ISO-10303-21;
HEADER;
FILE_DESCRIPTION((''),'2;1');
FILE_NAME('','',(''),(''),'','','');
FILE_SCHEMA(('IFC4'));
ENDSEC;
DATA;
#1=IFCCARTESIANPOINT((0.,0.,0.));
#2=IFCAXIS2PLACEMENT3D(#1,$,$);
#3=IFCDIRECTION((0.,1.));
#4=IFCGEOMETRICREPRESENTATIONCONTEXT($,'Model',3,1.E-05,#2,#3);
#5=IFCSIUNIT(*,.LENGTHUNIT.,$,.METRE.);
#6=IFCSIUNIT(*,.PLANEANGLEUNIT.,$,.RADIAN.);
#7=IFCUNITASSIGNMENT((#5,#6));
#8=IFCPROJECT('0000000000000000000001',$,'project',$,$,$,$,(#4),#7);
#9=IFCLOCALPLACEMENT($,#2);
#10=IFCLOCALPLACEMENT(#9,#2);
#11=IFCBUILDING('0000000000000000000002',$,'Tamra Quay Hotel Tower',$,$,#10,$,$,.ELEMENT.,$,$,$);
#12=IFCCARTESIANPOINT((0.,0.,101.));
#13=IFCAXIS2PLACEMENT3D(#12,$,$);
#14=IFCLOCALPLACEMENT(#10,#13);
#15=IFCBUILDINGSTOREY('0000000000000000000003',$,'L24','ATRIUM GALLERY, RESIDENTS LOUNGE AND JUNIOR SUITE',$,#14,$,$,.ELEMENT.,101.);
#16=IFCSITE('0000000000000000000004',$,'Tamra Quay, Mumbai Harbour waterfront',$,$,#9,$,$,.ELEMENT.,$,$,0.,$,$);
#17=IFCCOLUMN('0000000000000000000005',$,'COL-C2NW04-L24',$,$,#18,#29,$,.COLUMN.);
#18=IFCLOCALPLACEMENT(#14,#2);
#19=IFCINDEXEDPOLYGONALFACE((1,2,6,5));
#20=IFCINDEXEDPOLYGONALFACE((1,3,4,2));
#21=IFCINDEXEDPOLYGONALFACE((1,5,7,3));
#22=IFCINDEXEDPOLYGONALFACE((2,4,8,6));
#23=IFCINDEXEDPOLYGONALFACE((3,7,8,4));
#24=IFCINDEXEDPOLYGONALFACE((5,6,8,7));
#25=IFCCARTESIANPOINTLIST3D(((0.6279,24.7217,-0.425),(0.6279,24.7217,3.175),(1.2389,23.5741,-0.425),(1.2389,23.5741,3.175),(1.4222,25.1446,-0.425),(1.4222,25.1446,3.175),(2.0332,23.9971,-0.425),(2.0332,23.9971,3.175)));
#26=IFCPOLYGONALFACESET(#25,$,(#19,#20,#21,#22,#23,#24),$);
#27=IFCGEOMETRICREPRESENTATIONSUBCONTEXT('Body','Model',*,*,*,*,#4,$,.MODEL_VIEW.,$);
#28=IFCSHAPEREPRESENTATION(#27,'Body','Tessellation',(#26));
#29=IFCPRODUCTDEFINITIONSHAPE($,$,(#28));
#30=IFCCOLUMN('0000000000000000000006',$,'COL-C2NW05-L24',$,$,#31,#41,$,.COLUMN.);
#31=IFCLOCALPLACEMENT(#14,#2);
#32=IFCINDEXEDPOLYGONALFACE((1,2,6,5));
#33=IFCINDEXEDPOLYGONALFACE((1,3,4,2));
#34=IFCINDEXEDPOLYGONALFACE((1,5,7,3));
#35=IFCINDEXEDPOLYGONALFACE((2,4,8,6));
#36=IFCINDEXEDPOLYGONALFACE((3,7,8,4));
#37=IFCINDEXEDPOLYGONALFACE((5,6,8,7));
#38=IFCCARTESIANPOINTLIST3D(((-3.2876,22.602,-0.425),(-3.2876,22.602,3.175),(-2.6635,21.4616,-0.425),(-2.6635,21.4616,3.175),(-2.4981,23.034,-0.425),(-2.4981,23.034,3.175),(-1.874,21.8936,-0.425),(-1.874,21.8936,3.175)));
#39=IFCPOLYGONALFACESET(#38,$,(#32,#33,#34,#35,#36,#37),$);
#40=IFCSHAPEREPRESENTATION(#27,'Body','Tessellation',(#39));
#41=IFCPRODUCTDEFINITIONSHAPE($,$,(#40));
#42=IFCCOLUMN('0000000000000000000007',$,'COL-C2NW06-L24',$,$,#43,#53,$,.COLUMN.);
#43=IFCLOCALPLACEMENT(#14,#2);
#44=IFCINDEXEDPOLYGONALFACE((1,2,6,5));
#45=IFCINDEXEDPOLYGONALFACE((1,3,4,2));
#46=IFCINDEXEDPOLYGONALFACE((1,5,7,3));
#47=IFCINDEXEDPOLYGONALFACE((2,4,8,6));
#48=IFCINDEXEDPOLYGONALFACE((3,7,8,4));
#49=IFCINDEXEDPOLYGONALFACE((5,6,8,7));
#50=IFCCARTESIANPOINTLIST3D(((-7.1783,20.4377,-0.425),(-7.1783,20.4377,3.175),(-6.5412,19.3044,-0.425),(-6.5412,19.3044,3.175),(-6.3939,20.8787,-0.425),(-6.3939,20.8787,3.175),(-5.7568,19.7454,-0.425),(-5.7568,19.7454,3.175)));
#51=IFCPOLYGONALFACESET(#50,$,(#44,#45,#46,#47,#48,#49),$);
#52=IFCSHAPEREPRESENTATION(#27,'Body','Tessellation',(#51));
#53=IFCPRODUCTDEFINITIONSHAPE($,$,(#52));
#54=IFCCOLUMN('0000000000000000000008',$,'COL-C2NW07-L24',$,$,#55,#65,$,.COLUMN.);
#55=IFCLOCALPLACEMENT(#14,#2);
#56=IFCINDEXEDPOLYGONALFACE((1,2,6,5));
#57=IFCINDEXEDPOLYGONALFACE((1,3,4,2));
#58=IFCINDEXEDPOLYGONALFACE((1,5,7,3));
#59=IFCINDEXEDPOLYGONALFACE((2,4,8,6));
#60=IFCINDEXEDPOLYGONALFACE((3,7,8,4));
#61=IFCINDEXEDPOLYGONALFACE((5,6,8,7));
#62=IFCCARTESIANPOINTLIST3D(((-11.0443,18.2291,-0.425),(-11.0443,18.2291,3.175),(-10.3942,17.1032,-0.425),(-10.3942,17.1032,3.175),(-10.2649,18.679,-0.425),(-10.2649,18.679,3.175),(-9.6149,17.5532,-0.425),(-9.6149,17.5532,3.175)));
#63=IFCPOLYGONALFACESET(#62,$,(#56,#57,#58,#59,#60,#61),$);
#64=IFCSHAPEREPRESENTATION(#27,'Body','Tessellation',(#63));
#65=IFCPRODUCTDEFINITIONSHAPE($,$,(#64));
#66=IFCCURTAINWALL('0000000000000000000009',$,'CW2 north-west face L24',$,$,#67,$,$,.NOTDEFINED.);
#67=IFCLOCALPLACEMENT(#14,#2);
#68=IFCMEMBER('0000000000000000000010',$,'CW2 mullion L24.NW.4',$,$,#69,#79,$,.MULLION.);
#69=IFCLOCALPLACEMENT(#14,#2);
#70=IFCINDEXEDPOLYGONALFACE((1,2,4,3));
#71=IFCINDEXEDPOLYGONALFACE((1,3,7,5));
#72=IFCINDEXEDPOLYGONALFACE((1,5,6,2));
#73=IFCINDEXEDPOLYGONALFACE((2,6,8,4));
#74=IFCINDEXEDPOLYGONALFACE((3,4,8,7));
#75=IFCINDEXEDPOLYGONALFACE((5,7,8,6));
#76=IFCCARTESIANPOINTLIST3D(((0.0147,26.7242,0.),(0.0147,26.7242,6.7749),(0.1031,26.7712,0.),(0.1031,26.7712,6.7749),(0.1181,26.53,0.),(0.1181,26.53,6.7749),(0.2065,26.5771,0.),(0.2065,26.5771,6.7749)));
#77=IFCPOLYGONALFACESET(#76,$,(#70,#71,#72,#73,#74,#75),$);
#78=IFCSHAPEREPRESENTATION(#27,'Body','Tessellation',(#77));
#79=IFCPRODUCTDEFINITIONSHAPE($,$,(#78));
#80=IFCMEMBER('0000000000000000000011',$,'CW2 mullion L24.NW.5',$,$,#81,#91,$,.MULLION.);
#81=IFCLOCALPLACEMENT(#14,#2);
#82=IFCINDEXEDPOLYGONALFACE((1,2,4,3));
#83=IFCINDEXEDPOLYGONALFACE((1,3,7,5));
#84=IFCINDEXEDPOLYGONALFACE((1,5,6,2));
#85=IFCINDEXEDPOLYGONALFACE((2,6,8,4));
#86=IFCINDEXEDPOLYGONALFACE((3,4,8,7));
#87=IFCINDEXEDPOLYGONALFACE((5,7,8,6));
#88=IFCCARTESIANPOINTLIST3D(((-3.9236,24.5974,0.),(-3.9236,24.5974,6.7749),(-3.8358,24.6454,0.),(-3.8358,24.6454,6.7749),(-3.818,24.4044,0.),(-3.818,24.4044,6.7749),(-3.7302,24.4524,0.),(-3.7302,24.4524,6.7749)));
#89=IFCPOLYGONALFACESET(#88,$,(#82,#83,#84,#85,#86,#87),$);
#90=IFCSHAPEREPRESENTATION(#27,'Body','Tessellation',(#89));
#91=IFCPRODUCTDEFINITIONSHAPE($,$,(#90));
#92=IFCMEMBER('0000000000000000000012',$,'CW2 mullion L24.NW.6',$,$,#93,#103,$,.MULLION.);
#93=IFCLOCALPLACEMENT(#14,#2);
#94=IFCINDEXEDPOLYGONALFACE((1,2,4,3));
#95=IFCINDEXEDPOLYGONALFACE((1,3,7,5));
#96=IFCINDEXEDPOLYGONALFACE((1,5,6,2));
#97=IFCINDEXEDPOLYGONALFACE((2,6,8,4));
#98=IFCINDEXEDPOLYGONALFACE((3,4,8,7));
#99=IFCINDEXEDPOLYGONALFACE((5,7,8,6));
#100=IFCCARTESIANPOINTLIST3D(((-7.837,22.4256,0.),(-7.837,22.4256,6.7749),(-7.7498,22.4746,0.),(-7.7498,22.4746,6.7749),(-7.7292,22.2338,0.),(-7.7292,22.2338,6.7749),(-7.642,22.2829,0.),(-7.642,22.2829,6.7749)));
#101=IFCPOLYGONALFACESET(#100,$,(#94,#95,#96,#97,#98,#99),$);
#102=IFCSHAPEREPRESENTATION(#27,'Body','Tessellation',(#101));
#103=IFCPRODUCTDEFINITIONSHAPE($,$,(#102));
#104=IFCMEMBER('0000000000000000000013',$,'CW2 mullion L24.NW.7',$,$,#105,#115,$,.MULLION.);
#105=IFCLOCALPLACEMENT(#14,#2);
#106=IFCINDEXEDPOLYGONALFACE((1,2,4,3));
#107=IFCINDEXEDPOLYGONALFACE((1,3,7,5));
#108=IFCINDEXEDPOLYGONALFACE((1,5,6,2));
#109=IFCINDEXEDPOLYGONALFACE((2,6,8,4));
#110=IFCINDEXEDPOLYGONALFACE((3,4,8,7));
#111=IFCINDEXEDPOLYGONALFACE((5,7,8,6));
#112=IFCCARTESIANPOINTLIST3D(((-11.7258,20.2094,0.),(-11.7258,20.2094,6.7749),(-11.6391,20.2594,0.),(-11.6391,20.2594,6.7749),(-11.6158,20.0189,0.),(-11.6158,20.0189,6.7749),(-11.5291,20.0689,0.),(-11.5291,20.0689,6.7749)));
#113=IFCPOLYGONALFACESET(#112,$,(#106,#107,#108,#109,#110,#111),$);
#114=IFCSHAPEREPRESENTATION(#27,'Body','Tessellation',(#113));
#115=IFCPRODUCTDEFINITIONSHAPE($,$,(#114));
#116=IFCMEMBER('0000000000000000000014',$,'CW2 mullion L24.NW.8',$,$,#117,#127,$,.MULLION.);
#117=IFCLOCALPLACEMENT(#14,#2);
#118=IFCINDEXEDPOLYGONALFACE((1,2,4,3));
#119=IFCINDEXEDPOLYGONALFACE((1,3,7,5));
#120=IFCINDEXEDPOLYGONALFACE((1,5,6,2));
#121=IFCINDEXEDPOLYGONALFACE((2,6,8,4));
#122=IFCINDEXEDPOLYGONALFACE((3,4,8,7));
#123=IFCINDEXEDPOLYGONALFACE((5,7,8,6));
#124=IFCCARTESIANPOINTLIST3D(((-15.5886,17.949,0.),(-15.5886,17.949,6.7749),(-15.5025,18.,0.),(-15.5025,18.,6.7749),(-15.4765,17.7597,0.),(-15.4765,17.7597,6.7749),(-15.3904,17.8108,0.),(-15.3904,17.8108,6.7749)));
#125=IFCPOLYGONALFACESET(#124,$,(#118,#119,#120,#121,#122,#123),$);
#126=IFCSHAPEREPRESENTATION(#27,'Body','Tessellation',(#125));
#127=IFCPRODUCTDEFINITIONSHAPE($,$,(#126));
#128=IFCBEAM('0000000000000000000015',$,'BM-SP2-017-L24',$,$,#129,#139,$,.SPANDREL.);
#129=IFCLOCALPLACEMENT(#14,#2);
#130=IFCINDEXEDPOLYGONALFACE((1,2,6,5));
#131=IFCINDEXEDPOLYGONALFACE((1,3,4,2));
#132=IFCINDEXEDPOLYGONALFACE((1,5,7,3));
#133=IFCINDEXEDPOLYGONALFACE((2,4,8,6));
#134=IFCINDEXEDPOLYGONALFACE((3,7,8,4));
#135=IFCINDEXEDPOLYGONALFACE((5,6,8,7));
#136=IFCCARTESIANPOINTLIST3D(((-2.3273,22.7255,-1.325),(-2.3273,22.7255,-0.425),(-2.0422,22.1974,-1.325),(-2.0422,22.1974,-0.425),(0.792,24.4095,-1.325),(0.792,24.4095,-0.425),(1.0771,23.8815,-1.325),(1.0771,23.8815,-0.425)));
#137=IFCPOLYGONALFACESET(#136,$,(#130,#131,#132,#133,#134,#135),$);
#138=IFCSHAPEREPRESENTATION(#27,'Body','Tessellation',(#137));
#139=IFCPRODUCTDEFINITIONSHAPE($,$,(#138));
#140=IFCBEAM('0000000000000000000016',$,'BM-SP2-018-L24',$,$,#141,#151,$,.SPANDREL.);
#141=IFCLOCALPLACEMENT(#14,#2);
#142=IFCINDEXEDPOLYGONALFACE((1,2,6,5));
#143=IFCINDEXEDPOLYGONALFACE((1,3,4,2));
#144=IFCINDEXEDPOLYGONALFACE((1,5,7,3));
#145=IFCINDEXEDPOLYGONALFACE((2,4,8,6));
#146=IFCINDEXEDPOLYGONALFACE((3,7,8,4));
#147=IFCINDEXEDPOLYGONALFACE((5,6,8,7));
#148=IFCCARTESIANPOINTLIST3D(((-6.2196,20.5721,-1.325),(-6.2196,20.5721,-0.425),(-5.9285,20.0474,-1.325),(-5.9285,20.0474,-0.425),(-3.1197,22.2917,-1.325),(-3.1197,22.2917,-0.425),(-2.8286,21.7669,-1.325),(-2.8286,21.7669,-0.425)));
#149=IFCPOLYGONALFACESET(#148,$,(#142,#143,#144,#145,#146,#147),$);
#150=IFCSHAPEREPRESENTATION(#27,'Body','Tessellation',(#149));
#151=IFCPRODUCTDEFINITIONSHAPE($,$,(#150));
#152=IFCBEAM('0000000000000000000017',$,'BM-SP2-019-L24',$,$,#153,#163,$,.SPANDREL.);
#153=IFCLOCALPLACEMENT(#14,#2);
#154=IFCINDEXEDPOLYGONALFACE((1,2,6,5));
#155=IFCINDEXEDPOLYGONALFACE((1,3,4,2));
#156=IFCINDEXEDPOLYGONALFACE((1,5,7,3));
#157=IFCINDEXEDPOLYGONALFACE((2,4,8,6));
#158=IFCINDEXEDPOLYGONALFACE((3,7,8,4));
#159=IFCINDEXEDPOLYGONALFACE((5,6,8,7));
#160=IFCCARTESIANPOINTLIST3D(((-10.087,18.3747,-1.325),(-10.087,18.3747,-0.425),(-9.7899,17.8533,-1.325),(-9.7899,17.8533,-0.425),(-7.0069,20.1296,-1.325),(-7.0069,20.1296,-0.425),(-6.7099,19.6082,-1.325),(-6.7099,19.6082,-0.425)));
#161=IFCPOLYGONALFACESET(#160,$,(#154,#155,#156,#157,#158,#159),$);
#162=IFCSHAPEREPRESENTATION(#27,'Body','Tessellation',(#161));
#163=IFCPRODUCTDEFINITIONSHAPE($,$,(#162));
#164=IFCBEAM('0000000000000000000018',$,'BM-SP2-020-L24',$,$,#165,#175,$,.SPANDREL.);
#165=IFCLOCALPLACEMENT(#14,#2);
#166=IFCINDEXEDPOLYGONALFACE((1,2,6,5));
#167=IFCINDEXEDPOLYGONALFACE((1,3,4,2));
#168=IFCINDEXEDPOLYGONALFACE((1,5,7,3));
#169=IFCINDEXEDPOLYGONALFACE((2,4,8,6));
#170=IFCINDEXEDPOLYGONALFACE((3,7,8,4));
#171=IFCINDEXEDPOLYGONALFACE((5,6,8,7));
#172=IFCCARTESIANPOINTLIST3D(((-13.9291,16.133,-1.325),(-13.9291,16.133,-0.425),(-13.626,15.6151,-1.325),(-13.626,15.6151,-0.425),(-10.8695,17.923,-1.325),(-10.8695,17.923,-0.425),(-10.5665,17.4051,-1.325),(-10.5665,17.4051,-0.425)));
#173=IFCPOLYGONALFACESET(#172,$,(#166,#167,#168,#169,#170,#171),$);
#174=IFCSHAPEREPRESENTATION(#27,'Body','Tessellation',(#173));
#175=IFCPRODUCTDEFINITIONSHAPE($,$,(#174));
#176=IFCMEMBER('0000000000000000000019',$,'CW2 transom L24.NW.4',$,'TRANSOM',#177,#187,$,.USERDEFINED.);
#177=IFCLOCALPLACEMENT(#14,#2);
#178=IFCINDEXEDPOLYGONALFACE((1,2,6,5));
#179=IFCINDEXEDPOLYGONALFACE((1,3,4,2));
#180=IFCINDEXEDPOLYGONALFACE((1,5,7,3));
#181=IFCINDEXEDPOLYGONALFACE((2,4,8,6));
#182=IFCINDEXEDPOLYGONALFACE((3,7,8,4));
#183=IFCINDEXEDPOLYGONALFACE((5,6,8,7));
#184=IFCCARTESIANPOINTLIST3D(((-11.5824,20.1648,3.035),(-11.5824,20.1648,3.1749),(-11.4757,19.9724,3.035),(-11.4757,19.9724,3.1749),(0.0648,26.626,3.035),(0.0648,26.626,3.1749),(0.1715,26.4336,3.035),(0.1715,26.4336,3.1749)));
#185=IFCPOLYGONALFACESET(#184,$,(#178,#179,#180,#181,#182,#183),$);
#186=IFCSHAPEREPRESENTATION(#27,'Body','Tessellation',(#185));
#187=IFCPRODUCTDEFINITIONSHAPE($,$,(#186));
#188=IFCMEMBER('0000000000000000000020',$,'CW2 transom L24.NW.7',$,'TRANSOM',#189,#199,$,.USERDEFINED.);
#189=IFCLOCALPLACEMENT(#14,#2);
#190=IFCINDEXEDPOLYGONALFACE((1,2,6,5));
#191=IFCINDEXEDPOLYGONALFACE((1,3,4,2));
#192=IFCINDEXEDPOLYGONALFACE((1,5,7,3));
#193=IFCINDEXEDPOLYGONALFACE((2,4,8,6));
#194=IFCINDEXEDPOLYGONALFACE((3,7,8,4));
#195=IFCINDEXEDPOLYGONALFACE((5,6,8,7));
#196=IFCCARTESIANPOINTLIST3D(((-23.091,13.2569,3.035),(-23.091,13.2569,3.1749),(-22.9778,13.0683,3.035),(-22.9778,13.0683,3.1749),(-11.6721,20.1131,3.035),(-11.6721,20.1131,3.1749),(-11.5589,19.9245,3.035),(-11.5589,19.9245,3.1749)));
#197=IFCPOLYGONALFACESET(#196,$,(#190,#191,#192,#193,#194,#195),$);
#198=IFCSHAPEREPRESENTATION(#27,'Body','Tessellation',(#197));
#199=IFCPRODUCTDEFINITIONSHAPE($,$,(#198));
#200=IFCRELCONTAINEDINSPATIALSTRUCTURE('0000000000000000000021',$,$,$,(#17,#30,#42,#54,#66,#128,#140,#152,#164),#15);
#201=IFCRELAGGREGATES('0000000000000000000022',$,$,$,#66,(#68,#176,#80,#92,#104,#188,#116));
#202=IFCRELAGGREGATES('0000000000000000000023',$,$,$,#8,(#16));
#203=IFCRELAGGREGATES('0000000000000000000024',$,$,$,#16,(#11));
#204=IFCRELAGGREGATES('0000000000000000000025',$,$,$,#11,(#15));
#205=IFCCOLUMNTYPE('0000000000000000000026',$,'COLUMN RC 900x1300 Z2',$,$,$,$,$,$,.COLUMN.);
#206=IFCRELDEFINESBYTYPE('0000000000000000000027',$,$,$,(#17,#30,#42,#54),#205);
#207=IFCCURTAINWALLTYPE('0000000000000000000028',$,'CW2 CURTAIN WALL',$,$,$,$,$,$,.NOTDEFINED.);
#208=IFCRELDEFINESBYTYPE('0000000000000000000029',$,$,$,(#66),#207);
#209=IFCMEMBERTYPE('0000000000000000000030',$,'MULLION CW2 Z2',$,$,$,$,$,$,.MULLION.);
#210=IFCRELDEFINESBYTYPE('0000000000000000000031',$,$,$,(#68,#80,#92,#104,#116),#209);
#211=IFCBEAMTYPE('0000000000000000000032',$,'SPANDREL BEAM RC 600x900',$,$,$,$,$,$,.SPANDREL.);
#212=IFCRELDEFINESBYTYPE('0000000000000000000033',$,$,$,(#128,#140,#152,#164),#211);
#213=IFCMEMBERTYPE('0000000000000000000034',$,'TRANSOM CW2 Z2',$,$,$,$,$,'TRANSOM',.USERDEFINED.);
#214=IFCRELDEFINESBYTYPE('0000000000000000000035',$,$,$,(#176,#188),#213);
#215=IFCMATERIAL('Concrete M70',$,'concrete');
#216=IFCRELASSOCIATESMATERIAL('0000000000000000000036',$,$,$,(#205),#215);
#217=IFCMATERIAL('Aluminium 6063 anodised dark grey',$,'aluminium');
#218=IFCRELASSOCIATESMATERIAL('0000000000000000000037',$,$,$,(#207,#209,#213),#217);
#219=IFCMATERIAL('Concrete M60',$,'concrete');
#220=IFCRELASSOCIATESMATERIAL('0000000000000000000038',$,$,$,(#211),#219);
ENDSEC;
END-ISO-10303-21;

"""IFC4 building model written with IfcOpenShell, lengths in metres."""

from ifc_helpers import new_model, si_unit, direction, frame, origin, origin_2d, place, context, subcontext, project, spatial, rectangle, extrude, material, material_profile, profile_set, type_object, element, aggregate, save


model = new_model("IFC4")

# Units and contexts
model_context = context("Model", 3, precision=1e-05, world=origin(), true_north=direction((0.0, 1.0)))
body_context = subcontext(model_context, "Body", "Model", "MODEL_VIEW")
ifc_project = project(units=[si_unit("LENGTHUNIT", "METRE"), si_unit("PLANEANGLEUNIT", "RADIAN")], contexts=[model_context])

# Site, building, storey
site_placement = place(None, origin())
site = spatial("IfcSite", under=ifc_project, at=site_placement, Name="Tamra Quay, Mumbai Harbour waterfront", CompositionType="ELEMENT", RefElevation=0.0)
building_placement = place(site_placement, origin())
building = spatial("IfcBuilding", under=site, at=building_placement, Name="Tamra Quay Hotel Tower", CompositionType="ELEMENT")
storey_placement = place(building_placement, frame((0.0, 0.0, 101.0)))
storey = spatial("IfcBuildingStorey", under=building, at=storey_placement, Name="L24", Description="ATRIUM GALLERY, RESIDENTS LOUNGE AND JUNIOR SUITE", CompositionType="ELEMENT", Elevation=101.0)

# Columns
ifc_material_1 = material(Name="Concrete M70", Category="concrete")
ifc_material_profile_1 = material_profile(ifc_material_1, rectangle(XDim=1.3, YDim=0.8999, at=origin_2d()), Name="COLUMN RC 900x1300 Z2")
ifc_profile_set_1 = profile_set([ifc_material_profile_1], Name="Concrete M70")
column_type = type_object("IfcColumnType", Name="COLUMN RC 900x1300 Z2", PredefinedType="COLUMN", material=ifc_profile_set_1)
for number, where, z_axis, x_axis, name in (
    (1, (1.3306, 24.3594, -0.425), (0.0, 0.0, 1.0), (-0.470002, 0.882666, 0.0), "COL-C2NW04-L24"),
    (2, (-2.5808, 22.2478, -0.425), (0.0, 0.0, 1.0), (-0.48006, 0.877236, 0.0), "COL-C2NW05-L24"),
    (3, (-6.4675, 20.0916, -0.425), (0.0, 0.0, 1.0), (-0.490061, 0.871688, 0.0), "COL-C2NW06-L24"),
    (4, (-10.3296, 17.8911, -0.425), (0.0, 0.0, 1.0), (-0.5, 0.866025, 0.0), "COL-C2NW07-L24"),
):
    element("IfcColumn", number, at=place(storey_placement, frame(where, z_axis=z_axis, x_axis=x_axis)), inside=storey, type_object=column_type, Name=name, PredefinedType="COLUMN", context=body_context, shape_type="SweptSolid", body=[
        extrude(rectangle(XDim=1.3, YDim=0.8999, at=origin_2d()), origin(), (0.0, 0.0, 1.0), 3.6001),
    ])

# Curtain wall, members
ifc_material_2 = material(Name="Aluminium 6063 anodised dark grey", Category="aluminium")
curtain_wall_type = type_object("IfcCurtainWallType", Name="CW2 CURTAIN WALL", PredefinedType="NOTDEFINED", material=ifc_material_2)
curtain_wall_placement = place(storey_placement, origin())
curtain_wall = element("IfcCurtainWall", 5, at=curtain_wall_placement, inside=storey, type_object=curtain_wall_type, Name="CW2 north-west face L24", PredefinedType="NOTDEFINED")
ifc_material_profile_2 = material_profile(ifc_material_2, rectangle(XDim=0.22, YDim=0.1001, at=origin_2d()), Name="MULLION 100X220")
ifc_profile_set_2 = profile_set([ifc_material_profile_2], Name="Aluminium 6063 anodised dark grey")
member_type_1 = type_object("IfcMemberType", Name="MULLION CW2 Z2", PredefinedType="MULLION", material=ifc_profile_set_2)
member_1_placement = place(storey_placement, frame((0.1106, 26.6506, 0.0), z_axis=(0.0, 0.0, 1.0), x_axis=(-0.470049, 0.88264, 0.0)))
member_1 = element("IfcMember", 6, at=member_1_placement, type_object=member_type_1, Name="CW2 mullion L24.NW.4", PredefinedType="MULLION", context=body_context, shape_type="SweptSolid", body=[
    extrude(rectangle(XDim=0.22, YDim=0.1001, at=origin_2d()), origin(), (0.0, 0.0, 1.0), 6.7749),
])
member_2_placement = place(storey_placement, frame((-3.8269, 24.5249, 0.0), z_axis=(0.0, 0.0, 1.0), x_axis=(-0.480089, 0.87722, 0.0)))
member_2 = element("IfcMember", 7, at=member_2_placement, type_object=member_type_1, Name="CW2 mullion L24.NW.5", PredefinedType="MULLION", context=body_context, shape_type="SweptSolid", body=[
    extrude(rectangle(XDim=0.22, YDim=0.1001, at=origin_2d()), origin(), (0.0, 0.0, 1.0), 6.7749),
])
member_3_placement = place(storey_placement, frame((-7.7395, 22.3542, 0.0), z_axis=(0.0, 0.0, 1.0), x_axis=(-0.490074, 0.871681, 0.0)))
member_3 = element("IfcMember", 8, at=member_3_placement, type_object=member_type_1, Name="CW2 mullion L24.NW.6", PredefinedType="MULLION", context=body_context, shape_type="SweptSolid", body=[
    extrude(rectangle(XDim=0.22, YDim=0.1001, at=origin_2d()), origin(), (0.0, 0.0, 1.0), 6.7749),
])
member_4_placement = place(storey_placement, frame((-11.6274, 20.1392, 0.0), z_axis=(0.0, 0.0, 1.0), x_axis=(-0.5, 0.866025, 0.0)))
member_4 = element("IfcMember", 9, at=member_4_placement, type_object=member_type_1, Name="CW2 mullion L24.NW.7", PredefinedType="MULLION", context=body_context, shape_type="SweptSolid", body=[
    extrude(rectangle(XDim=0.22, YDim=0.1001, at=origin_2d()), origin(), (0.0, 0.0, 1.0), 6.7749),
])
member_5_placement = place(storey_placement, frame((-15.4895, 17.8799, 0.0), z_axis=(0.0, 0.0, 1.0), x_axis=(-0.50986, 0.860257, 0.0)))
member_5 = element("IfcMember", 10, at=member_5_placement, type_object=member_type_1, Name="CW2 mullion L24.NW.8", PredefinedType="MULLION", context=body_context, shape_type="SweptSolid", body=[
    extrude(rectangle(XDim=0.22, YDim=0.1001, at=origin_2d()), origin(), (0.0, 0.0, 1.0), 6.7749),
])

# Beams
ifc_material_3 = material(Name="Concrete M60", Category="concrete")
ifc_material_profile_3 = material_profile(ifc_material_3, rectangle(XDim=0.6001, YDim=0.8999, at=origin_2d()), Name="SPANDREL BEAM RC 600x900")
ifc_profile_set_3 = profile_set([ifc_material_profile_3], Name="Concrete M60")
beam_type = type_object("IfcBeamType", Name="SPANDREL BEAM RC 600x900", PredefinedType="SPANDREL", material=ifc_profile_set_3)
for number, where, z_axis, x_axis, name in (
    (11, (0.9346, 24.1455, -0.875), (-0.879951, -0.475065, 0.0), (0.475065, -0.879951, 0.0), "BM-SP2-017-L24"),
    (12, (-2.9741, 22.0293, -0.875), (-0.874475, -0.48507, 0.0), (0.48507, -0.874475, 0.0), "BM-SP2-018-L24"),
    (13, (-6.8584, 19.8689, -0.875), (-0.86887, -0.495041, 0.0), (0.495041, -0.86887, 0.0), "BM-SP2-019-L24"),
):
    element("IfcBeam", number, at=place(storey_placement, frame(where, z_axis=z_axis, x_axis=x_axis)), inside=storey, type_object=beam_type, Name=name, PredefinedType="SPANDREL", context=body_context, shape_type="SweptSolid", body=[
        extrude(rectangle(XDim=0.6001, YDim=0.8999, at=origin_2d()), origin(), (0.0, 0.0, 1.0), 3.5449),
    ])
beam_placement = place(storey_placement, frame((-10.718, 17.6641, -0.875), z_axis=(-0.863129, -0.504984, 0.0), x_axis=(0.504984, -0.863129, 0.0)))
element("IfcBeam", 14, at=beam_placement, inside=storey, type_object=beam_type, Name="BM-SP2-020-L24", PredefinedType="SPANDREL", context=body_context, shape_type="SweptSolid", body=[
    extrude(rectangle(XDim=0.6001, YDim=0.8999, at=origin_2d()), origin(), (0.0, 0.0, 1.0), 3.5447),
])

# Members
ifc_material_profile_4 = material_profile(ifc_material_2, rectangle(XDim=0.22, YDim=0.1399, at=origin_2d()), Name="TRANSOM 220X140")
ifc_profile_set_4 = profile_set([ifc_material_profile_4], Name="Aluminium 6063 anodised dark grey")
member_type_2 = type_object("IfcMemberType", Name="TRANSOM CW2 Z2", ElementType="TRANSOM", PredefinedType="USERDEFINED", material=ifc_profile_set_4)
member_6_placement = place(storey_placement, frame((0.1182, 26.5298, 3.105), z_axis=(-0.87446, -0.485098, 0.0), x_axis=(0.485098, -0.87446, 0.0)))
member_6 = element("IfcMember", 15, at=member_6_placement, type_object=member_type_2, Name="CW2 transom L24.NW.4", ObjectType="TRANSOM", PredefinedType="USERDEFINED", context=body_context, shape_type="SweptSolid", body=[
    extrude(rectangle(XDim=0.22, YDim=0.1399, at=origin_2d()), origin(), (0.0, 0.0, 1.0), 13.3193),
])
member_7_placement = place(storey_placement, frame((-11.6155, 20.0188, 3.105), z_axis=(-0.857333, -0.514763, 0.0), x_axis=(0.514763, -0.857333, 0.0)))
member_7 = element("IfcMember", 16, at=member_7_placement, type_object=member_type_2, Name="CW2 transom L24.NW.7", ObjectType="TRANSOM", PredefinedType="USERDEFINED", context=body_context, shape_type="SweptSolid", body=[
    extrude(rectangle(XDim=0.22, YDim=0.1399, at=origin_2d()), origin(), (0.0, 0.0, 1.0), 13.3191),
])

aggregate(curtain_wall, [member_1, member_6, member_2, member_3, member_4, member_7, member_5])

save(model, "model.ifc")
